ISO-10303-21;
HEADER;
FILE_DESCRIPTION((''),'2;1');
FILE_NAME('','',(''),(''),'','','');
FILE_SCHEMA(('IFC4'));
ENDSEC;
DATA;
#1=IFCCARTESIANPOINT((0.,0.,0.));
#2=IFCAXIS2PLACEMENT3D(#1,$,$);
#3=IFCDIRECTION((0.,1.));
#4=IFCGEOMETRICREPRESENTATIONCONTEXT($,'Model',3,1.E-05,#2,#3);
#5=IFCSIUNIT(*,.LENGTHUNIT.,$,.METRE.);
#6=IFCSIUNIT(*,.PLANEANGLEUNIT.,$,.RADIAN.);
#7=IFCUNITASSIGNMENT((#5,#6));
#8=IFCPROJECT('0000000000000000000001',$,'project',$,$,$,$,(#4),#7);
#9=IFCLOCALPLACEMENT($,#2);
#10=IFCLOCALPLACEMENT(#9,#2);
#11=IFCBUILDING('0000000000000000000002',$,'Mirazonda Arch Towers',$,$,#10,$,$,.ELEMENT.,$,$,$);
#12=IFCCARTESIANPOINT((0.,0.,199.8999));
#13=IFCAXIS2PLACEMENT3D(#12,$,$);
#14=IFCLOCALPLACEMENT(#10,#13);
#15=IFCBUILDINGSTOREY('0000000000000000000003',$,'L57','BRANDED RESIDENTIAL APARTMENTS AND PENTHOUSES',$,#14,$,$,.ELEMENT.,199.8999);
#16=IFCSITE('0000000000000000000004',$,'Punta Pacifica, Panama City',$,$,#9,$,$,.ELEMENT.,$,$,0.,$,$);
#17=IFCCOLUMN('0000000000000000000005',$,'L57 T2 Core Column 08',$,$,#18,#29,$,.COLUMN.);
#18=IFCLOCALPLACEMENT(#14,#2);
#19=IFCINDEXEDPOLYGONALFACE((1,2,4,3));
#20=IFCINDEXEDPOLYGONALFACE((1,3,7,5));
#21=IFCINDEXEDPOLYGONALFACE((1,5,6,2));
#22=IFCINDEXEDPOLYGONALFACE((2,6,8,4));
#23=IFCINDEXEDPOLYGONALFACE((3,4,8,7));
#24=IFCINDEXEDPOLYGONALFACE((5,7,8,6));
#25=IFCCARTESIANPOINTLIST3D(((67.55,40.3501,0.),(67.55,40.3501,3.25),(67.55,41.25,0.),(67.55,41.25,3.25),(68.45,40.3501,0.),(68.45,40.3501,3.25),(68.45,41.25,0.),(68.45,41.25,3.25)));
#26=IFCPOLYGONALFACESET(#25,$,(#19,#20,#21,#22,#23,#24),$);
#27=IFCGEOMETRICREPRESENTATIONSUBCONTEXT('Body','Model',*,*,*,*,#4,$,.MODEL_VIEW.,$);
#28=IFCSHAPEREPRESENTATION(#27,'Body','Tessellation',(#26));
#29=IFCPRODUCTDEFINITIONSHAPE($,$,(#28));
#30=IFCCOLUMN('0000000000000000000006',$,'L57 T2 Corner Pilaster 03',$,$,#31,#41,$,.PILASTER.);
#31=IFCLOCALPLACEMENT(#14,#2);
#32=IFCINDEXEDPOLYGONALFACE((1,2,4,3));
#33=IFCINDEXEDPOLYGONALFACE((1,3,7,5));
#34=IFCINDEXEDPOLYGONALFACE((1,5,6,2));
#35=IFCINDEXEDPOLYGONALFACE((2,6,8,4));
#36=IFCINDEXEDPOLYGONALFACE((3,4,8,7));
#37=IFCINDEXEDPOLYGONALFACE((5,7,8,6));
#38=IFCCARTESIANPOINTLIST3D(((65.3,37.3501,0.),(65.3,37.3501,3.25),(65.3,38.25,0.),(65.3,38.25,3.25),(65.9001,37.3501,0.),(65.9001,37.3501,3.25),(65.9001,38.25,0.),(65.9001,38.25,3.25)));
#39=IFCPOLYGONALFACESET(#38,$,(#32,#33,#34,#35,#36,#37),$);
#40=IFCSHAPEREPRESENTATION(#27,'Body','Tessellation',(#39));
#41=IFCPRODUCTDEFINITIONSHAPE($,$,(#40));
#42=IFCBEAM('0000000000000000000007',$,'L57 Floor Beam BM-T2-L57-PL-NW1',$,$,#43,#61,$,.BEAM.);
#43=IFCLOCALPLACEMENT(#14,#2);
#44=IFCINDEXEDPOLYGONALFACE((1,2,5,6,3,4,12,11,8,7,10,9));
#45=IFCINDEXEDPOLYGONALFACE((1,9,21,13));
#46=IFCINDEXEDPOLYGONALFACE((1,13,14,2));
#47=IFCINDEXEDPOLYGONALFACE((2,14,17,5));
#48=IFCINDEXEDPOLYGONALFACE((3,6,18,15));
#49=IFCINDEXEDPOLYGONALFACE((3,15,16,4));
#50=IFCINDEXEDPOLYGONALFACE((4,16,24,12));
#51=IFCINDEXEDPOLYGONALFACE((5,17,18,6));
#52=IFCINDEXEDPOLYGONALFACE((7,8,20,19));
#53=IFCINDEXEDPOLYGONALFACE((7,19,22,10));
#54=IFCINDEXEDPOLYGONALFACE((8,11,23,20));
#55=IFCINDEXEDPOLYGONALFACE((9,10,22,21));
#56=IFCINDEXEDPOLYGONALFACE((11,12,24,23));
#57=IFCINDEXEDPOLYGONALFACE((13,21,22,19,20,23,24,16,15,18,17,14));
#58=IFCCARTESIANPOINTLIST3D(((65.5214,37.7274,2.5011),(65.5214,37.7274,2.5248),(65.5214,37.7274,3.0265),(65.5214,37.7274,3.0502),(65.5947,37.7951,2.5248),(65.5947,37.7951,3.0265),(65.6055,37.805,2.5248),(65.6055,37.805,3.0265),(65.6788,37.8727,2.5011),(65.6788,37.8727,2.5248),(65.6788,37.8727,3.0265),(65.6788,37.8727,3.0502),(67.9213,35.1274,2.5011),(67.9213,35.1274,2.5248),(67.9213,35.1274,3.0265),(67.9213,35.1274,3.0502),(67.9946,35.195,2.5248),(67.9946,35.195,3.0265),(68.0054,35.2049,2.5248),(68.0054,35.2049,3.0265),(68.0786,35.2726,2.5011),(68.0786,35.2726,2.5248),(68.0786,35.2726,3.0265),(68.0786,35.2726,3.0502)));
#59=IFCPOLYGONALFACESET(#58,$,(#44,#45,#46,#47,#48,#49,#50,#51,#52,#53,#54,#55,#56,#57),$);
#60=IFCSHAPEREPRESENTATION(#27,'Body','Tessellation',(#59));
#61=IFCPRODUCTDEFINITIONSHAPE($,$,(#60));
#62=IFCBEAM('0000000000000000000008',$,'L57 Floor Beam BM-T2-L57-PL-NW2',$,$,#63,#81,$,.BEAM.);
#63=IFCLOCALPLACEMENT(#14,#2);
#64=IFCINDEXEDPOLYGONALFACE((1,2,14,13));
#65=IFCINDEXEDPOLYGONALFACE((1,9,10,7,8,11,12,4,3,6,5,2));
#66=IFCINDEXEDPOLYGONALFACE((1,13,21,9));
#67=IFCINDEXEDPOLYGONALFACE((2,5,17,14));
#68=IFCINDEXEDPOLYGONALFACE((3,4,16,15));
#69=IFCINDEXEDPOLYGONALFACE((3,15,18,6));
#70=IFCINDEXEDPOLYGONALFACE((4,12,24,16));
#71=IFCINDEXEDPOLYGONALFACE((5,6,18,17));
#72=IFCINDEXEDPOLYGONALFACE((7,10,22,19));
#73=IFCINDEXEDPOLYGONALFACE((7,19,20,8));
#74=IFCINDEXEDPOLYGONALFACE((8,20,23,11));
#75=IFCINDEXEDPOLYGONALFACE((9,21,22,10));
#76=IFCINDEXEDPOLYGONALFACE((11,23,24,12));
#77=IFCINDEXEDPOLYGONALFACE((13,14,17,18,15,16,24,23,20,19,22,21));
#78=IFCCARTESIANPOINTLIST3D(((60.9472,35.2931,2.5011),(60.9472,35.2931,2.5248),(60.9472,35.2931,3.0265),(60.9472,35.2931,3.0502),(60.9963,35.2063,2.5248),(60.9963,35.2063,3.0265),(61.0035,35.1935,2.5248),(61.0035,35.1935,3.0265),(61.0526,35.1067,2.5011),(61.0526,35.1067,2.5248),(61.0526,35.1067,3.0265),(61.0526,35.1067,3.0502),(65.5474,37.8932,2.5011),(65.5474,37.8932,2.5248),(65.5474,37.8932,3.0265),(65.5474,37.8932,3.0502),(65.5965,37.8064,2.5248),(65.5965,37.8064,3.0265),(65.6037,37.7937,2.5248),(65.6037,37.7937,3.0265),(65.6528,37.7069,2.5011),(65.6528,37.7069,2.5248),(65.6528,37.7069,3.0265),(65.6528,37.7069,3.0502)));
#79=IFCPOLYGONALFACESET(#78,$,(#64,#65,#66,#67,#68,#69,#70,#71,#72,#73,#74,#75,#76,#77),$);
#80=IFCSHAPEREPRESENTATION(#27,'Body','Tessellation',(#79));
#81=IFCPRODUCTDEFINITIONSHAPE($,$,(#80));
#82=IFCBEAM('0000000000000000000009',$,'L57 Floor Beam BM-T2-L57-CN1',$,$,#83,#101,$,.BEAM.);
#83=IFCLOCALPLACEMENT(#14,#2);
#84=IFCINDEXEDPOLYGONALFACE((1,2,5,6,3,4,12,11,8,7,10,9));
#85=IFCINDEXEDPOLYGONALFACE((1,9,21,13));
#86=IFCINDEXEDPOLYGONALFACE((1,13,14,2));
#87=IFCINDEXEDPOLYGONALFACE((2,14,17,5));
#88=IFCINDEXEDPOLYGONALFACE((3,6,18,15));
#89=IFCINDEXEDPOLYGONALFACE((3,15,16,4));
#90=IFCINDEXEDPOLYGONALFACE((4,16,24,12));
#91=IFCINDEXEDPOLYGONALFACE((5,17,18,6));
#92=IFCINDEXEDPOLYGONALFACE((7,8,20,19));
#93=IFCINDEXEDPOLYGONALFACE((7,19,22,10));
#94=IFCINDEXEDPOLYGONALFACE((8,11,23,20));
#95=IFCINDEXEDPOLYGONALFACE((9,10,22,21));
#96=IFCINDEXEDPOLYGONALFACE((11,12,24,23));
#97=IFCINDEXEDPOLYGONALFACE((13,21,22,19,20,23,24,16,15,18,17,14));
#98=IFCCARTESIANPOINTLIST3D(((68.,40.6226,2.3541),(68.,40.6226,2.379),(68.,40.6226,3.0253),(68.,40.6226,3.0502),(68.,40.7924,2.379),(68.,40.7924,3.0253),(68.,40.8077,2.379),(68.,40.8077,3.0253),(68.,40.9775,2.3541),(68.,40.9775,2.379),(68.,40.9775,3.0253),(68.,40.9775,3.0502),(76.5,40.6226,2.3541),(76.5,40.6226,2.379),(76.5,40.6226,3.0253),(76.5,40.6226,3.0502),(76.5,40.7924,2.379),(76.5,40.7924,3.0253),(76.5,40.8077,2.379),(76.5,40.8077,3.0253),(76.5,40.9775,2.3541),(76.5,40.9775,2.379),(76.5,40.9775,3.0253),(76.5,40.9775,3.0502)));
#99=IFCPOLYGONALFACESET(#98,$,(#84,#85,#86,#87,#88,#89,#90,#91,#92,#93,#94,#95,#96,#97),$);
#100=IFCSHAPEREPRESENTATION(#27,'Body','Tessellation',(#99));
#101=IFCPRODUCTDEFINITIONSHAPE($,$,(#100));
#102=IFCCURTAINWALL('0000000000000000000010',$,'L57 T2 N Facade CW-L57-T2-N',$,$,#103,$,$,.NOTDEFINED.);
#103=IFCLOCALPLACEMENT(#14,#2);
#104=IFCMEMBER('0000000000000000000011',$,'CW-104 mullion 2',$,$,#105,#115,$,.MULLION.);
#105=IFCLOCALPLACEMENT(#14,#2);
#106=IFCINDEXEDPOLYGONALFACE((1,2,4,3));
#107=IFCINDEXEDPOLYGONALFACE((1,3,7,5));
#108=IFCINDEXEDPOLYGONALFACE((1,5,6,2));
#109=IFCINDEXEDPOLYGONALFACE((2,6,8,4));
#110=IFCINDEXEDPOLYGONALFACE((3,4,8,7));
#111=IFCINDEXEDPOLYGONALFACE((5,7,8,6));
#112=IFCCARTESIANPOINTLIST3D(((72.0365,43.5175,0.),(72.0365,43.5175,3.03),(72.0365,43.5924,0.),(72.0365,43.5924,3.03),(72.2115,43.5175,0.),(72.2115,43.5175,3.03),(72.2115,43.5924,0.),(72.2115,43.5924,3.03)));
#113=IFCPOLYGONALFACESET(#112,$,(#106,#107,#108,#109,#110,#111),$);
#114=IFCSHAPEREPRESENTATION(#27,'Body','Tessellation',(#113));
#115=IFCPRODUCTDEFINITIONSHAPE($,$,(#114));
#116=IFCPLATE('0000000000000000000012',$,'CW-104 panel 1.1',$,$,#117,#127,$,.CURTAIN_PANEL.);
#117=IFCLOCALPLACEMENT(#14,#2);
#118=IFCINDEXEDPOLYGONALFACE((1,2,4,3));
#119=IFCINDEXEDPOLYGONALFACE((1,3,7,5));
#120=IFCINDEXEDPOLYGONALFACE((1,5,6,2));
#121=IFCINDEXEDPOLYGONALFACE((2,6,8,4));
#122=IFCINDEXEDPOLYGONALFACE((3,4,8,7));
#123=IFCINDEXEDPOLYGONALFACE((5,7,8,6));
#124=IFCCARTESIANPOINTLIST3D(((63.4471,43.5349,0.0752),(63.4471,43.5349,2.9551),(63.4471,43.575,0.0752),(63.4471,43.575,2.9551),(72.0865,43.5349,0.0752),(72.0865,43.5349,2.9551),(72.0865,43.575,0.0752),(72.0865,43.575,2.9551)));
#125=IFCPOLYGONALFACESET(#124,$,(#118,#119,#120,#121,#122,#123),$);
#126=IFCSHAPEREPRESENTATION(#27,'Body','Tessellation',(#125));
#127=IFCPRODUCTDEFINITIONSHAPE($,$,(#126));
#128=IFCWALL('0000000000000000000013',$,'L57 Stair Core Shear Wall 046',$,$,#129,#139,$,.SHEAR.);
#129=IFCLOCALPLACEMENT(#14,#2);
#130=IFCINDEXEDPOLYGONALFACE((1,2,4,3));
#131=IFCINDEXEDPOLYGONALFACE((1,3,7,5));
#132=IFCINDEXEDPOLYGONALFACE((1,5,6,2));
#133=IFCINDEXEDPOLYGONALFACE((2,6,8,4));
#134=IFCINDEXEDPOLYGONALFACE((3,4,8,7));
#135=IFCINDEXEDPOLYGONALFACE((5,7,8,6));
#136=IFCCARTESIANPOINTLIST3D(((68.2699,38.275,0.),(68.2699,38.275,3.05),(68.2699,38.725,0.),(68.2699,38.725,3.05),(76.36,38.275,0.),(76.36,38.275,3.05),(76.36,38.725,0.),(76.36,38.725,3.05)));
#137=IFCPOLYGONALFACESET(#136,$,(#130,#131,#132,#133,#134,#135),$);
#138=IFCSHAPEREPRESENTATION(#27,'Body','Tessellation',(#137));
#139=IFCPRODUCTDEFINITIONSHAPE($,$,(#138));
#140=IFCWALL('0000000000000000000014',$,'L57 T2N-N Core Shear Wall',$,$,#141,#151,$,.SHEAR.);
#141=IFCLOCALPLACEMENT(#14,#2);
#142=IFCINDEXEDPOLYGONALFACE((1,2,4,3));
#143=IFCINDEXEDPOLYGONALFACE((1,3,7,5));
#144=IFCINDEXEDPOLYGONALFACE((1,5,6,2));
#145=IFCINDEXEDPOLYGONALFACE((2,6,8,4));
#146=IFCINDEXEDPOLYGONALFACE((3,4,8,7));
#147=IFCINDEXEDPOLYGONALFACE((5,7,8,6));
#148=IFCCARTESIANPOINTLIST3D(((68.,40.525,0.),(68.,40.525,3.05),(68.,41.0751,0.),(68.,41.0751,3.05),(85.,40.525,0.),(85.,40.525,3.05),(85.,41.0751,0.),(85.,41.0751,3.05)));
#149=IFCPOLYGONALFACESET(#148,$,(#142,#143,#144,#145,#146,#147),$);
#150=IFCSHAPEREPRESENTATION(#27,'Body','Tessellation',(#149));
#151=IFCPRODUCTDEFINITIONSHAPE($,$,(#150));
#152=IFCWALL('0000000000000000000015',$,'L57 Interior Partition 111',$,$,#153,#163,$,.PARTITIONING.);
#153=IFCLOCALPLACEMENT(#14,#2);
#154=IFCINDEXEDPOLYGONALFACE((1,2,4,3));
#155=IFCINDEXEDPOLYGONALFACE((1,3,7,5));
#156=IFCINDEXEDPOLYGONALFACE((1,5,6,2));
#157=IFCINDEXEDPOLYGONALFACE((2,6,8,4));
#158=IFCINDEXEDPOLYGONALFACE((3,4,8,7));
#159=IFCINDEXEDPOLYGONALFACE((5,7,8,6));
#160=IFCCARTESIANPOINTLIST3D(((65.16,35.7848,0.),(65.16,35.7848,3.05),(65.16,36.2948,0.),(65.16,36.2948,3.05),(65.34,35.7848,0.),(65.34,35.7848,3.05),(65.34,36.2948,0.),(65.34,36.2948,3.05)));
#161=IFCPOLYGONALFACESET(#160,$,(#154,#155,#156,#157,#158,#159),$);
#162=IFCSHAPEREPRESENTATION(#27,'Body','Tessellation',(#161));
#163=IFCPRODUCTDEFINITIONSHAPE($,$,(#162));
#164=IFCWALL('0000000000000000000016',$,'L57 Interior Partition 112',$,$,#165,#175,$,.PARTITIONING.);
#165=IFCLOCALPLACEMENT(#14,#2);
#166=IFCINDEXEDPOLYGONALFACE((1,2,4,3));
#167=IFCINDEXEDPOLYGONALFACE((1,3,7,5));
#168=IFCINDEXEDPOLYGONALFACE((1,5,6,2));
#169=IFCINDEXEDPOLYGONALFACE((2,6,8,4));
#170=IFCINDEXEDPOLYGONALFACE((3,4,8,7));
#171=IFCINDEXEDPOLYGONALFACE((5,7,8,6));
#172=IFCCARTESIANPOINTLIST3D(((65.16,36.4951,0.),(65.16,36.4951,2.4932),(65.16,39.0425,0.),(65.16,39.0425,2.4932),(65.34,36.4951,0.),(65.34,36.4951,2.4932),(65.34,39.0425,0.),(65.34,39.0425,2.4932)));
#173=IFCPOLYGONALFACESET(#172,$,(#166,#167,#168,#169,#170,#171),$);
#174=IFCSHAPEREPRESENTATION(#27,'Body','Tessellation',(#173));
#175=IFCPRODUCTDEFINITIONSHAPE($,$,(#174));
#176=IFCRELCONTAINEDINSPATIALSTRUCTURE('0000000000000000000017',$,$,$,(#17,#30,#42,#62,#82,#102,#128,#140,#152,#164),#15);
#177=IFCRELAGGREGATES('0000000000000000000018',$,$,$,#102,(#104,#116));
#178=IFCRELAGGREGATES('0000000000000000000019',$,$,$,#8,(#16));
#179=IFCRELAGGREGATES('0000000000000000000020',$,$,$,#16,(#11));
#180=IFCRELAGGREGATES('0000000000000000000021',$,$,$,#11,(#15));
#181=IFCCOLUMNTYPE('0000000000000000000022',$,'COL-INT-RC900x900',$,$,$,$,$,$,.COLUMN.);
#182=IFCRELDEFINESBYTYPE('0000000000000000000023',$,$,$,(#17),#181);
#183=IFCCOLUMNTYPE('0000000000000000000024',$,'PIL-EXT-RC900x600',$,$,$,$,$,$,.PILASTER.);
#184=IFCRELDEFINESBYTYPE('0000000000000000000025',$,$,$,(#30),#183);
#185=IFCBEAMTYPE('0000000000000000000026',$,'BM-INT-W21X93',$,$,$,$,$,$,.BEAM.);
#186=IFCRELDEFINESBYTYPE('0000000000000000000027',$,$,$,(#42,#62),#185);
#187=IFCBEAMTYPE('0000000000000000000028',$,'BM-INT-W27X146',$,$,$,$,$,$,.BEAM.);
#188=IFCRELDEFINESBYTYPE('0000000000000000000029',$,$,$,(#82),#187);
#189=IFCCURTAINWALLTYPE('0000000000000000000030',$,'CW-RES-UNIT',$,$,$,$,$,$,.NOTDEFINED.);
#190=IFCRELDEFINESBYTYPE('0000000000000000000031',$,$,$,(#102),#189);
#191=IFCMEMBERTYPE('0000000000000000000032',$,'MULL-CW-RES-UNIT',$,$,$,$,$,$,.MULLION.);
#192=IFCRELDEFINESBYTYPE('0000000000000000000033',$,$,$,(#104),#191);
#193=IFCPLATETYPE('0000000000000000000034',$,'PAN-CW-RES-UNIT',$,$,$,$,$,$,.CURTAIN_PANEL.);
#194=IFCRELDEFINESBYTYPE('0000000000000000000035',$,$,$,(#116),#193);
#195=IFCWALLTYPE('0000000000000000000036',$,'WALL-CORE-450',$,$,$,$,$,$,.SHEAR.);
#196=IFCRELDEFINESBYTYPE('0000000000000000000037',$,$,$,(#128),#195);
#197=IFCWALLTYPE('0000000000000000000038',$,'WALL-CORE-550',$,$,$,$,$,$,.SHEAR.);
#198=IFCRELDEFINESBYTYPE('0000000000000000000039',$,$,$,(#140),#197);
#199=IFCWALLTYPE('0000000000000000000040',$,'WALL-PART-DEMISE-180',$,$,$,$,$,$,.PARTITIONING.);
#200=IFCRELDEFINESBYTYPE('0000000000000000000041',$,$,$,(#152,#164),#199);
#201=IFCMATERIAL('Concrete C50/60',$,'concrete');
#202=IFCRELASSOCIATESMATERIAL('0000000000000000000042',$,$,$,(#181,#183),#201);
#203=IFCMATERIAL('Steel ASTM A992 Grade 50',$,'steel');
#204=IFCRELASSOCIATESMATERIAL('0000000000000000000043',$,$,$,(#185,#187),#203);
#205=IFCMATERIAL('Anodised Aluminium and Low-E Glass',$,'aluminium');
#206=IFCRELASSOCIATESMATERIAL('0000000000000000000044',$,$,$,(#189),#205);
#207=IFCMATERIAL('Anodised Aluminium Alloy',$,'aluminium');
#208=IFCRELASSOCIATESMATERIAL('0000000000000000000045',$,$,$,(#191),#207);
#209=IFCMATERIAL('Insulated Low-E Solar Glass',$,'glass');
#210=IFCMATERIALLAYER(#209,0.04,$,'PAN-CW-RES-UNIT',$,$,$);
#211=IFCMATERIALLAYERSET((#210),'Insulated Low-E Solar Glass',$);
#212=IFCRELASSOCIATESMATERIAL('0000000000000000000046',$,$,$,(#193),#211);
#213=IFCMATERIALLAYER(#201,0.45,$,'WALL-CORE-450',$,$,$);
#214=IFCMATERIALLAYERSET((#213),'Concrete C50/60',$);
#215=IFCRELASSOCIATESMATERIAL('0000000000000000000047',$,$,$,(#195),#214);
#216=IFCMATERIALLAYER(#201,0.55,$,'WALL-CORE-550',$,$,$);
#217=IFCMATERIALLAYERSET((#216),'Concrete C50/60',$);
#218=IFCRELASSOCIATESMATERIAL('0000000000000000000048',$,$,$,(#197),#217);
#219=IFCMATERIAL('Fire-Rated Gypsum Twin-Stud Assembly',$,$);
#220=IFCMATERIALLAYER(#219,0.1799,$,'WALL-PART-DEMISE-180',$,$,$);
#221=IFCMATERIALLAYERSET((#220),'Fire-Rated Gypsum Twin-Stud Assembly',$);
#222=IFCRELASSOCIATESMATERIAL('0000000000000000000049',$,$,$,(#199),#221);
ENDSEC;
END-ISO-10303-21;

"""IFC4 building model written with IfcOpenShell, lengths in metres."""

from ifc_helpers import new_model, si_unit, direction, frame, frame_2d, origin, origin_2d, place, context, subcontext, project, spatial, rectangle, i_section, extrude, material, layer, layer_set, material_profile, profile_set, type_object, element, aggregate, save


model = new_model("IFC4")

# Units and contexts
model_context = context("Model", 3, precision=1e-05, world=origin(), true_north=direction((0.0, 1.0)))
body_context = subcontext(model_context, "Body", "Model", "MODEL_VIEW")
ifc_project = project(units=[si_unit("LENGTHUNIT", "METRE"), si_unit("PLANEANGLEUNIT", "RADIAN")], contexts=[model_context])

# Site, building, storey
site_placement = place(None, origin())
site = spatial("IfcSite", under=ifc_project, at=site_placement, Name="Punta Pacifica, Panama City", CompositionType="ELEMENT", RefElevation=0.0)
building_placement = place(site_placement, origin())
building = spatial("IfcBuilding", under=site, at=building_placement, Name="Mirazonda Arch Towers", CompositionType="ELEMENT")
storey_placement = place(building_placement, frame((0.0, 0.0, 199.8999)))
storey = spatial("IfcBuildingStorey", under=building, at=storey_placement, Name="L57", Description="BRANDED RESIDENTIAL APARTMENTS AND PENTHOUSES", CompositionType="ELEMENT", Elevation=199.8999)

# Columns
ifc_material_1 = material(Name="Concrete C50/60", Category="concrete")
ifc_material_profile_1 = material_profile(ifc_material_1, rectangle(XDim=0.8999, YDim=0.8999, at=origin_2d()), Name="RC900x900")
ifc_profile_set_1 = profile_set([ifc_material_profile_1], Name="Concrete C50/60")
column_type_1 = type_object("IfcColumnType", Name="COL-INT-RC900x900", PredefinedType="COLUMN", material=ifc_profile_set_1)
column_1_placement = place(storey_placement, frame((68.0, 40.8, 0.0), z_axis=(0.0, 0.0, 1.0), x_axis=(1.0, 0.0, 0.0)))
element("IfcColumn", 1, at=column_1_placement, inside=storey, type_object=column_type_1, Name="L57 T2 Core Column 08", PredefinedType="COLUMN", context=body_context, shape_type="SweptSolid", body=[
    extrude(rectangle(XDim=0.8999, YDim=0.8999, at=origin_2d()), origin(), (0.0, 0.0, 1.0), 3.25),
])
ifc_material_profile_2 = material_profile(ifc_material_1, rectangle(XDim=0.6001, YDim=0.8999, at=origin_2d()), Name="RC900x600")
ifc_profile_set_2 = profile_set([ifc_material_profile_2], Name="Concrete C50/60")
column_type_2 = type_object("IfcColumnType", Name="PIL-EXT-RC900x600", PredefinedType="PILASTER", material=ifc_profile_set_2)
column_2_placement = place(storey_placement, frame((65.6001, 37.8, 0.0), z_axis=(0.0, 0.0, 1.0), x_axis=(1.0, 0.0, 0.0)))
element("IfcColumn", 2, at=column_2_placement, inside=storey, type_object=column_type_2, Name="L57 T2 Corner Pilaster 03", PredefinedType="PILASTER", context=body_context, shape_type="SweptSolid", body=[
    extrude(rectangle(XDim=0.6001, YDim=0.8999, at=origin_2d()), origin(), (0.0, 0.0, 1.0), 3.25),
])

# Beams
ifc_material_2 = material(Name="Steel ASTM A992 Grade 50", Category="steel")
ifc_material_profile_3 = material_profile(ifc_material_2, i_section(OverallWidth=0.2141, OverallDepth=0.5491, WebThickness=0.0146, FlangeThickness=0.0237, at=origin_2d()), Name="W21X93")
ifc_profile_set_3 = profile_set([ifc_material_profile_3], Name="Steel ASTM A992 Grade 50")
beam_type_1 = type_object("IfcBeamType", Name="BM-INT-W21X93", PredefinedType="BEAM", material=ifc_profile_set_3)
beam_1_placement = place(storey_placement, frame((65.6001, 37.8, 2.7756), z_axis=(0.678251, -0.73483, 0.0), x_axis=(0.73483, 0.678251, 0.0)))
element("IfcBeam", 3, at=beam_1_placement, inside=storey, type_object=beam_type_1, Name="L57 Floor Beam BM-T2-L57-PL-NW1", PredefinedType="BEAM", context=body_context, shape_type="SweptSolid", body=[
    extrude(i_section(OverallWidth=0.2141, OverallDepth=0.5491, WebThickness=0.0146, FlangeThickness=0.0237, at=origin_2d()), origin(), (0.0, 0.0, 1.0), 3.5383),
])
beam_2_placement = place(storey_placement, frame((65.6001, 37.8, 2.7756), z_axis=(-0.870559, -0.492063, 0.0), x_axis=(0.492063, -0.870559, 0.0)))
element("IfcBeam", 4, at=beam_2_placement, inside=storey, type_object=beam_type_1, Name="L57 Floor Beam BM-T2-L57-PL-NW2", PredefinedType="BEAM", context=body_context, shape_type="SweptSolid", body=[
    extrude(i_section(OverallWidth=0.2141, OverallDepth=0.5491, WebThickness=0.0146, FlangeThickness=0.0237, at=origin_2d()), origin(), (0.0, 0.0, 1.0), 5.2842),
])
ifc_material_profile_4 = material_profile(ifc_material_2, i_section(OverallWidth=0.355, OverallDepth=0.696, WebThickness=0.0154, FlangeThickness=0.0249, at=origin_2d()), Name="W27X146")
ifc_profile_set_4 = profile_set([ifc_material_profile_4], Name="Steel ASTM A992 Grade 50")
beam_type_2 = type_object("IfcBeamType", Name="BM-INT-W27X146", PredefinedType="BEAM", material=ifc_profile_set_4)
beam_3_placement = place(storey_placement, frame((68.0, 40.8, 2.7021), z_axis=(1.0, 0.0, 0.0), x_axis=(0.0, 1.0, 0.0)))
element("IfcBeam", 5, at=beam_3_placement, inside=storey, type_object=beam_type_2, Name="L57 Floor Beam BM-T2-L57-CN1", PredefinedType="BEAM", context=body_context, shape_type="SweptSolid", body=[
    extrude(i_section(OverallWidth=0.355, OverallDepth=0.696, WebThickness=0.0154, FlangeThickness=0.0249, at=origin_2d()), origin(), (0.0, 0.0, 1.0), 8.5),
])

# Curtain wall, member, plate
ifc_material_3 = material(Name="Anodised Aluminium and Low-E Glass", Category="aluminium")
curtain_wall_type = type_object("IfcCurtainWallType", Name="CW-RES-UNIT", PredefinedType="NOTDEFINED", material=ifc_material_3)
curtain_wall_placement = place(storey_placement, origin())
curtain_wall = element("IfcCurtainWall", 6, at=curtain_wall_placement, inside=storey, type_object=curtain_wall_type, Name="L57 T2 N Facade CW-L57-T2-N", PredefinedType="NOTDEFINED")
ifc_material_4 = material(Name="Anodised Aluminium Alloy", Category="aluminium")
ifc_material_profile_5 = material_profile(ifc_material_4, rectangle(XDim=0.075, YDim=0.175, at=origin_2d()), Name="ALU-MULL-75x175")
ifc_profile_set_5 = profile_set([ifc_material_profile_5], Name="Anodised Aluminium Alloy")
member_type = type_object("IfcMemberType", Name="MULL-CW-RES-UNIT", PredefinedType="MULLION", material=ifc_profile_set_5)
member_placement = place(storey_placement, frame((72.124, 43.5549, 0.0), z_axis=(0.0, 0.0, 1.0), x_axis=(0.0, 1.0, 0.0)))
member = element("IfcMember", 7, at=member_placement, type_object=member_type, Name="CW-104 mullion 2", PredefinedType="MULLION", context=body_context, shape_type="SweptSolid", body=[
    extrude(rectangle(XDim=0.075, YDim=0.175, at=origin_2d()), origin(), (0.0, 0.0, 1.0), 3.03),
])
ifc_material_5 = material(Name="Insulated Low-E Solar Glass", Category="glass")
ifc_layer_1 = layer(ifc_material_5, 0.04, Name="PAN-CW-RES-UNIT")
ifc_layer_set_1 = layer_set([ifc_layer_1], Name="Insulated Low-E Solar Glass")
plate_type = type_object("IfcPlateType", Name="PAN-CW-RES-UNIT", PredefinedType="CURTAIN_PANEL", material=ifc_layer_set_1)
plate_placement = place(storey_placement, frame((67.7668, 43.5549, 0.0752), z_axis=(0.0, 0.0, 1.0), x_axis=(1.0, 0.0, 0.0)))
plate = element("IfcPlate", 8, at=plate_placement, type_object=plate_type, Name="CW-104 panel 1.1", PredefinedType="CURTAIN_PANEL", context=body_context, shape_type="SweptSolid", body=[
    extrude(rectangle(XDim=8.6394, YDim=0.04, at=origin_2d()), origin(), (0.0, 0.0, 1.0), 2.8799),
])
aggregate(curtain_wall, [member, plate])

# Walls
ifc_layer_2 = layer(ifc_material_1, 0.45, Name="WALL-CORE-450")
ifc_layer_set_2 = layer_set([ifc_layer_2], Name="Concrete C50/60")
wall_type_1 = type_object("IfcWallType", Name="WALL-CORE-450", PredefinedType="SHEAR", material=ifc_layer_set_2)
wall_1_placement = place(storey_placement, frame((68.27, 38.5, 0.0), z_axis=(0.0, 0.0, 1.0), x_axis=(1.0, 0.0, 0.0)))
element("IfcWall", 9, at=wall_1_placement, inside=storey, type_object=wall_type_1, Name="L57 Stair Core Shear Wall 046", PredefinedType="SHEAR", context=body_context, shape_type="SweptSolid", body=[
    extrude(rectangle(XDim=8.0901, YDim=0.45, at=frame_2d((4.0449, 0.0))), origin(), (0.0, 0.0, 1.0), 3.05),
])
ifc_layer_3 = layer(ifc_material_1, 0.55, Name="WALL-CORE-550")
ifc_layer_set_3 = layer_set([ifc_layer_3], Name="Concrete C50/60")
wall_type_2 = type_object("IfcWallType", Name="WALL-CORE-550", PredefinedType="SHEAR", material=ifc_layer_set_3)
wall_2_placement = place(storey_placement, frame((68.0, 40.8, 0.0), z_axis=(0.0, 0.0, 1.0), x_axis=(1.0, 0.0, 0.0)))
element("IfcWall", 10, at=wall_2_placement, inside=storey, type_object=wall_type_2, Name="L57 T2N-N Core Shear Wall", PredefinedType="SHEAR", context=body_context, shape_type="SweptSolid", body=[
    extrude(rectangle(XDim=17.0, YDim=0.55, at=frame_2d((8.5, 0.0))), origin(), (0.0, 0.0, 1.0), 3.05),
])
ifc_material_6 = material(Name="Fire-Rated Gypsum Twin-Stud Assembly")
ifc_layer_4 = layer(ifc_material_6, 0.1799, Name="WALL-PART-DEMISE-180")
ifc_layer_set_4 = layer_set([ifc_layer_4], Name="Fire-Rated Gypsum Twin-Stud Assembly")
wall_type_3 = type_object("IfcWallType", Name="WALL-PART-DEMISE-180", PredefinedType="PARTITIONING", material=ifc_layer_set_4)
wall_3_placement = place(storey_placement, frame((65.25, 35.7849, 0.0), z_axis=(0.0, 0.0, 1.0), x_axis=(0.0, 1.0, 0.0)))
element("IfcWall", 11, at=wall_3_placement, inside=storey, type_object=wall_type_3, Name="L57 Interior Partition 111", PredefinedType="PARTITIONING", context=body_context, shape_type="SweptSolid", body=[
    extrude(rectangle(XDim=0.51, YDim=0.1799, at=frame_2d((0.2549, 0.0))), origin(), (0.0, 0.0, 1.0), 3.05),
])
wall_4_placement = place(storey_placement, frame((65.25, 36.4951, 0.0), z_axis=(0.0, 0.0, 1.0), x_axis=(0.0, 1.0, 0.0)))
element("IfcWall", 12, at=wall_4_placement, inside=storey, type_object=wall_type_3, Name="L57 Interior Partition 112", PredefinedType="PARTITIONING", context=body_context, shape_type="SweptSolid", body=[
    extrude(rectangle(XDim=2.5474, YDim=0.1799, at=frame_2d((1.2737, 0.0))), origin(), (0.0, 0.0, 1.0), 2.4932),
])

save(model, "model.ifc")
